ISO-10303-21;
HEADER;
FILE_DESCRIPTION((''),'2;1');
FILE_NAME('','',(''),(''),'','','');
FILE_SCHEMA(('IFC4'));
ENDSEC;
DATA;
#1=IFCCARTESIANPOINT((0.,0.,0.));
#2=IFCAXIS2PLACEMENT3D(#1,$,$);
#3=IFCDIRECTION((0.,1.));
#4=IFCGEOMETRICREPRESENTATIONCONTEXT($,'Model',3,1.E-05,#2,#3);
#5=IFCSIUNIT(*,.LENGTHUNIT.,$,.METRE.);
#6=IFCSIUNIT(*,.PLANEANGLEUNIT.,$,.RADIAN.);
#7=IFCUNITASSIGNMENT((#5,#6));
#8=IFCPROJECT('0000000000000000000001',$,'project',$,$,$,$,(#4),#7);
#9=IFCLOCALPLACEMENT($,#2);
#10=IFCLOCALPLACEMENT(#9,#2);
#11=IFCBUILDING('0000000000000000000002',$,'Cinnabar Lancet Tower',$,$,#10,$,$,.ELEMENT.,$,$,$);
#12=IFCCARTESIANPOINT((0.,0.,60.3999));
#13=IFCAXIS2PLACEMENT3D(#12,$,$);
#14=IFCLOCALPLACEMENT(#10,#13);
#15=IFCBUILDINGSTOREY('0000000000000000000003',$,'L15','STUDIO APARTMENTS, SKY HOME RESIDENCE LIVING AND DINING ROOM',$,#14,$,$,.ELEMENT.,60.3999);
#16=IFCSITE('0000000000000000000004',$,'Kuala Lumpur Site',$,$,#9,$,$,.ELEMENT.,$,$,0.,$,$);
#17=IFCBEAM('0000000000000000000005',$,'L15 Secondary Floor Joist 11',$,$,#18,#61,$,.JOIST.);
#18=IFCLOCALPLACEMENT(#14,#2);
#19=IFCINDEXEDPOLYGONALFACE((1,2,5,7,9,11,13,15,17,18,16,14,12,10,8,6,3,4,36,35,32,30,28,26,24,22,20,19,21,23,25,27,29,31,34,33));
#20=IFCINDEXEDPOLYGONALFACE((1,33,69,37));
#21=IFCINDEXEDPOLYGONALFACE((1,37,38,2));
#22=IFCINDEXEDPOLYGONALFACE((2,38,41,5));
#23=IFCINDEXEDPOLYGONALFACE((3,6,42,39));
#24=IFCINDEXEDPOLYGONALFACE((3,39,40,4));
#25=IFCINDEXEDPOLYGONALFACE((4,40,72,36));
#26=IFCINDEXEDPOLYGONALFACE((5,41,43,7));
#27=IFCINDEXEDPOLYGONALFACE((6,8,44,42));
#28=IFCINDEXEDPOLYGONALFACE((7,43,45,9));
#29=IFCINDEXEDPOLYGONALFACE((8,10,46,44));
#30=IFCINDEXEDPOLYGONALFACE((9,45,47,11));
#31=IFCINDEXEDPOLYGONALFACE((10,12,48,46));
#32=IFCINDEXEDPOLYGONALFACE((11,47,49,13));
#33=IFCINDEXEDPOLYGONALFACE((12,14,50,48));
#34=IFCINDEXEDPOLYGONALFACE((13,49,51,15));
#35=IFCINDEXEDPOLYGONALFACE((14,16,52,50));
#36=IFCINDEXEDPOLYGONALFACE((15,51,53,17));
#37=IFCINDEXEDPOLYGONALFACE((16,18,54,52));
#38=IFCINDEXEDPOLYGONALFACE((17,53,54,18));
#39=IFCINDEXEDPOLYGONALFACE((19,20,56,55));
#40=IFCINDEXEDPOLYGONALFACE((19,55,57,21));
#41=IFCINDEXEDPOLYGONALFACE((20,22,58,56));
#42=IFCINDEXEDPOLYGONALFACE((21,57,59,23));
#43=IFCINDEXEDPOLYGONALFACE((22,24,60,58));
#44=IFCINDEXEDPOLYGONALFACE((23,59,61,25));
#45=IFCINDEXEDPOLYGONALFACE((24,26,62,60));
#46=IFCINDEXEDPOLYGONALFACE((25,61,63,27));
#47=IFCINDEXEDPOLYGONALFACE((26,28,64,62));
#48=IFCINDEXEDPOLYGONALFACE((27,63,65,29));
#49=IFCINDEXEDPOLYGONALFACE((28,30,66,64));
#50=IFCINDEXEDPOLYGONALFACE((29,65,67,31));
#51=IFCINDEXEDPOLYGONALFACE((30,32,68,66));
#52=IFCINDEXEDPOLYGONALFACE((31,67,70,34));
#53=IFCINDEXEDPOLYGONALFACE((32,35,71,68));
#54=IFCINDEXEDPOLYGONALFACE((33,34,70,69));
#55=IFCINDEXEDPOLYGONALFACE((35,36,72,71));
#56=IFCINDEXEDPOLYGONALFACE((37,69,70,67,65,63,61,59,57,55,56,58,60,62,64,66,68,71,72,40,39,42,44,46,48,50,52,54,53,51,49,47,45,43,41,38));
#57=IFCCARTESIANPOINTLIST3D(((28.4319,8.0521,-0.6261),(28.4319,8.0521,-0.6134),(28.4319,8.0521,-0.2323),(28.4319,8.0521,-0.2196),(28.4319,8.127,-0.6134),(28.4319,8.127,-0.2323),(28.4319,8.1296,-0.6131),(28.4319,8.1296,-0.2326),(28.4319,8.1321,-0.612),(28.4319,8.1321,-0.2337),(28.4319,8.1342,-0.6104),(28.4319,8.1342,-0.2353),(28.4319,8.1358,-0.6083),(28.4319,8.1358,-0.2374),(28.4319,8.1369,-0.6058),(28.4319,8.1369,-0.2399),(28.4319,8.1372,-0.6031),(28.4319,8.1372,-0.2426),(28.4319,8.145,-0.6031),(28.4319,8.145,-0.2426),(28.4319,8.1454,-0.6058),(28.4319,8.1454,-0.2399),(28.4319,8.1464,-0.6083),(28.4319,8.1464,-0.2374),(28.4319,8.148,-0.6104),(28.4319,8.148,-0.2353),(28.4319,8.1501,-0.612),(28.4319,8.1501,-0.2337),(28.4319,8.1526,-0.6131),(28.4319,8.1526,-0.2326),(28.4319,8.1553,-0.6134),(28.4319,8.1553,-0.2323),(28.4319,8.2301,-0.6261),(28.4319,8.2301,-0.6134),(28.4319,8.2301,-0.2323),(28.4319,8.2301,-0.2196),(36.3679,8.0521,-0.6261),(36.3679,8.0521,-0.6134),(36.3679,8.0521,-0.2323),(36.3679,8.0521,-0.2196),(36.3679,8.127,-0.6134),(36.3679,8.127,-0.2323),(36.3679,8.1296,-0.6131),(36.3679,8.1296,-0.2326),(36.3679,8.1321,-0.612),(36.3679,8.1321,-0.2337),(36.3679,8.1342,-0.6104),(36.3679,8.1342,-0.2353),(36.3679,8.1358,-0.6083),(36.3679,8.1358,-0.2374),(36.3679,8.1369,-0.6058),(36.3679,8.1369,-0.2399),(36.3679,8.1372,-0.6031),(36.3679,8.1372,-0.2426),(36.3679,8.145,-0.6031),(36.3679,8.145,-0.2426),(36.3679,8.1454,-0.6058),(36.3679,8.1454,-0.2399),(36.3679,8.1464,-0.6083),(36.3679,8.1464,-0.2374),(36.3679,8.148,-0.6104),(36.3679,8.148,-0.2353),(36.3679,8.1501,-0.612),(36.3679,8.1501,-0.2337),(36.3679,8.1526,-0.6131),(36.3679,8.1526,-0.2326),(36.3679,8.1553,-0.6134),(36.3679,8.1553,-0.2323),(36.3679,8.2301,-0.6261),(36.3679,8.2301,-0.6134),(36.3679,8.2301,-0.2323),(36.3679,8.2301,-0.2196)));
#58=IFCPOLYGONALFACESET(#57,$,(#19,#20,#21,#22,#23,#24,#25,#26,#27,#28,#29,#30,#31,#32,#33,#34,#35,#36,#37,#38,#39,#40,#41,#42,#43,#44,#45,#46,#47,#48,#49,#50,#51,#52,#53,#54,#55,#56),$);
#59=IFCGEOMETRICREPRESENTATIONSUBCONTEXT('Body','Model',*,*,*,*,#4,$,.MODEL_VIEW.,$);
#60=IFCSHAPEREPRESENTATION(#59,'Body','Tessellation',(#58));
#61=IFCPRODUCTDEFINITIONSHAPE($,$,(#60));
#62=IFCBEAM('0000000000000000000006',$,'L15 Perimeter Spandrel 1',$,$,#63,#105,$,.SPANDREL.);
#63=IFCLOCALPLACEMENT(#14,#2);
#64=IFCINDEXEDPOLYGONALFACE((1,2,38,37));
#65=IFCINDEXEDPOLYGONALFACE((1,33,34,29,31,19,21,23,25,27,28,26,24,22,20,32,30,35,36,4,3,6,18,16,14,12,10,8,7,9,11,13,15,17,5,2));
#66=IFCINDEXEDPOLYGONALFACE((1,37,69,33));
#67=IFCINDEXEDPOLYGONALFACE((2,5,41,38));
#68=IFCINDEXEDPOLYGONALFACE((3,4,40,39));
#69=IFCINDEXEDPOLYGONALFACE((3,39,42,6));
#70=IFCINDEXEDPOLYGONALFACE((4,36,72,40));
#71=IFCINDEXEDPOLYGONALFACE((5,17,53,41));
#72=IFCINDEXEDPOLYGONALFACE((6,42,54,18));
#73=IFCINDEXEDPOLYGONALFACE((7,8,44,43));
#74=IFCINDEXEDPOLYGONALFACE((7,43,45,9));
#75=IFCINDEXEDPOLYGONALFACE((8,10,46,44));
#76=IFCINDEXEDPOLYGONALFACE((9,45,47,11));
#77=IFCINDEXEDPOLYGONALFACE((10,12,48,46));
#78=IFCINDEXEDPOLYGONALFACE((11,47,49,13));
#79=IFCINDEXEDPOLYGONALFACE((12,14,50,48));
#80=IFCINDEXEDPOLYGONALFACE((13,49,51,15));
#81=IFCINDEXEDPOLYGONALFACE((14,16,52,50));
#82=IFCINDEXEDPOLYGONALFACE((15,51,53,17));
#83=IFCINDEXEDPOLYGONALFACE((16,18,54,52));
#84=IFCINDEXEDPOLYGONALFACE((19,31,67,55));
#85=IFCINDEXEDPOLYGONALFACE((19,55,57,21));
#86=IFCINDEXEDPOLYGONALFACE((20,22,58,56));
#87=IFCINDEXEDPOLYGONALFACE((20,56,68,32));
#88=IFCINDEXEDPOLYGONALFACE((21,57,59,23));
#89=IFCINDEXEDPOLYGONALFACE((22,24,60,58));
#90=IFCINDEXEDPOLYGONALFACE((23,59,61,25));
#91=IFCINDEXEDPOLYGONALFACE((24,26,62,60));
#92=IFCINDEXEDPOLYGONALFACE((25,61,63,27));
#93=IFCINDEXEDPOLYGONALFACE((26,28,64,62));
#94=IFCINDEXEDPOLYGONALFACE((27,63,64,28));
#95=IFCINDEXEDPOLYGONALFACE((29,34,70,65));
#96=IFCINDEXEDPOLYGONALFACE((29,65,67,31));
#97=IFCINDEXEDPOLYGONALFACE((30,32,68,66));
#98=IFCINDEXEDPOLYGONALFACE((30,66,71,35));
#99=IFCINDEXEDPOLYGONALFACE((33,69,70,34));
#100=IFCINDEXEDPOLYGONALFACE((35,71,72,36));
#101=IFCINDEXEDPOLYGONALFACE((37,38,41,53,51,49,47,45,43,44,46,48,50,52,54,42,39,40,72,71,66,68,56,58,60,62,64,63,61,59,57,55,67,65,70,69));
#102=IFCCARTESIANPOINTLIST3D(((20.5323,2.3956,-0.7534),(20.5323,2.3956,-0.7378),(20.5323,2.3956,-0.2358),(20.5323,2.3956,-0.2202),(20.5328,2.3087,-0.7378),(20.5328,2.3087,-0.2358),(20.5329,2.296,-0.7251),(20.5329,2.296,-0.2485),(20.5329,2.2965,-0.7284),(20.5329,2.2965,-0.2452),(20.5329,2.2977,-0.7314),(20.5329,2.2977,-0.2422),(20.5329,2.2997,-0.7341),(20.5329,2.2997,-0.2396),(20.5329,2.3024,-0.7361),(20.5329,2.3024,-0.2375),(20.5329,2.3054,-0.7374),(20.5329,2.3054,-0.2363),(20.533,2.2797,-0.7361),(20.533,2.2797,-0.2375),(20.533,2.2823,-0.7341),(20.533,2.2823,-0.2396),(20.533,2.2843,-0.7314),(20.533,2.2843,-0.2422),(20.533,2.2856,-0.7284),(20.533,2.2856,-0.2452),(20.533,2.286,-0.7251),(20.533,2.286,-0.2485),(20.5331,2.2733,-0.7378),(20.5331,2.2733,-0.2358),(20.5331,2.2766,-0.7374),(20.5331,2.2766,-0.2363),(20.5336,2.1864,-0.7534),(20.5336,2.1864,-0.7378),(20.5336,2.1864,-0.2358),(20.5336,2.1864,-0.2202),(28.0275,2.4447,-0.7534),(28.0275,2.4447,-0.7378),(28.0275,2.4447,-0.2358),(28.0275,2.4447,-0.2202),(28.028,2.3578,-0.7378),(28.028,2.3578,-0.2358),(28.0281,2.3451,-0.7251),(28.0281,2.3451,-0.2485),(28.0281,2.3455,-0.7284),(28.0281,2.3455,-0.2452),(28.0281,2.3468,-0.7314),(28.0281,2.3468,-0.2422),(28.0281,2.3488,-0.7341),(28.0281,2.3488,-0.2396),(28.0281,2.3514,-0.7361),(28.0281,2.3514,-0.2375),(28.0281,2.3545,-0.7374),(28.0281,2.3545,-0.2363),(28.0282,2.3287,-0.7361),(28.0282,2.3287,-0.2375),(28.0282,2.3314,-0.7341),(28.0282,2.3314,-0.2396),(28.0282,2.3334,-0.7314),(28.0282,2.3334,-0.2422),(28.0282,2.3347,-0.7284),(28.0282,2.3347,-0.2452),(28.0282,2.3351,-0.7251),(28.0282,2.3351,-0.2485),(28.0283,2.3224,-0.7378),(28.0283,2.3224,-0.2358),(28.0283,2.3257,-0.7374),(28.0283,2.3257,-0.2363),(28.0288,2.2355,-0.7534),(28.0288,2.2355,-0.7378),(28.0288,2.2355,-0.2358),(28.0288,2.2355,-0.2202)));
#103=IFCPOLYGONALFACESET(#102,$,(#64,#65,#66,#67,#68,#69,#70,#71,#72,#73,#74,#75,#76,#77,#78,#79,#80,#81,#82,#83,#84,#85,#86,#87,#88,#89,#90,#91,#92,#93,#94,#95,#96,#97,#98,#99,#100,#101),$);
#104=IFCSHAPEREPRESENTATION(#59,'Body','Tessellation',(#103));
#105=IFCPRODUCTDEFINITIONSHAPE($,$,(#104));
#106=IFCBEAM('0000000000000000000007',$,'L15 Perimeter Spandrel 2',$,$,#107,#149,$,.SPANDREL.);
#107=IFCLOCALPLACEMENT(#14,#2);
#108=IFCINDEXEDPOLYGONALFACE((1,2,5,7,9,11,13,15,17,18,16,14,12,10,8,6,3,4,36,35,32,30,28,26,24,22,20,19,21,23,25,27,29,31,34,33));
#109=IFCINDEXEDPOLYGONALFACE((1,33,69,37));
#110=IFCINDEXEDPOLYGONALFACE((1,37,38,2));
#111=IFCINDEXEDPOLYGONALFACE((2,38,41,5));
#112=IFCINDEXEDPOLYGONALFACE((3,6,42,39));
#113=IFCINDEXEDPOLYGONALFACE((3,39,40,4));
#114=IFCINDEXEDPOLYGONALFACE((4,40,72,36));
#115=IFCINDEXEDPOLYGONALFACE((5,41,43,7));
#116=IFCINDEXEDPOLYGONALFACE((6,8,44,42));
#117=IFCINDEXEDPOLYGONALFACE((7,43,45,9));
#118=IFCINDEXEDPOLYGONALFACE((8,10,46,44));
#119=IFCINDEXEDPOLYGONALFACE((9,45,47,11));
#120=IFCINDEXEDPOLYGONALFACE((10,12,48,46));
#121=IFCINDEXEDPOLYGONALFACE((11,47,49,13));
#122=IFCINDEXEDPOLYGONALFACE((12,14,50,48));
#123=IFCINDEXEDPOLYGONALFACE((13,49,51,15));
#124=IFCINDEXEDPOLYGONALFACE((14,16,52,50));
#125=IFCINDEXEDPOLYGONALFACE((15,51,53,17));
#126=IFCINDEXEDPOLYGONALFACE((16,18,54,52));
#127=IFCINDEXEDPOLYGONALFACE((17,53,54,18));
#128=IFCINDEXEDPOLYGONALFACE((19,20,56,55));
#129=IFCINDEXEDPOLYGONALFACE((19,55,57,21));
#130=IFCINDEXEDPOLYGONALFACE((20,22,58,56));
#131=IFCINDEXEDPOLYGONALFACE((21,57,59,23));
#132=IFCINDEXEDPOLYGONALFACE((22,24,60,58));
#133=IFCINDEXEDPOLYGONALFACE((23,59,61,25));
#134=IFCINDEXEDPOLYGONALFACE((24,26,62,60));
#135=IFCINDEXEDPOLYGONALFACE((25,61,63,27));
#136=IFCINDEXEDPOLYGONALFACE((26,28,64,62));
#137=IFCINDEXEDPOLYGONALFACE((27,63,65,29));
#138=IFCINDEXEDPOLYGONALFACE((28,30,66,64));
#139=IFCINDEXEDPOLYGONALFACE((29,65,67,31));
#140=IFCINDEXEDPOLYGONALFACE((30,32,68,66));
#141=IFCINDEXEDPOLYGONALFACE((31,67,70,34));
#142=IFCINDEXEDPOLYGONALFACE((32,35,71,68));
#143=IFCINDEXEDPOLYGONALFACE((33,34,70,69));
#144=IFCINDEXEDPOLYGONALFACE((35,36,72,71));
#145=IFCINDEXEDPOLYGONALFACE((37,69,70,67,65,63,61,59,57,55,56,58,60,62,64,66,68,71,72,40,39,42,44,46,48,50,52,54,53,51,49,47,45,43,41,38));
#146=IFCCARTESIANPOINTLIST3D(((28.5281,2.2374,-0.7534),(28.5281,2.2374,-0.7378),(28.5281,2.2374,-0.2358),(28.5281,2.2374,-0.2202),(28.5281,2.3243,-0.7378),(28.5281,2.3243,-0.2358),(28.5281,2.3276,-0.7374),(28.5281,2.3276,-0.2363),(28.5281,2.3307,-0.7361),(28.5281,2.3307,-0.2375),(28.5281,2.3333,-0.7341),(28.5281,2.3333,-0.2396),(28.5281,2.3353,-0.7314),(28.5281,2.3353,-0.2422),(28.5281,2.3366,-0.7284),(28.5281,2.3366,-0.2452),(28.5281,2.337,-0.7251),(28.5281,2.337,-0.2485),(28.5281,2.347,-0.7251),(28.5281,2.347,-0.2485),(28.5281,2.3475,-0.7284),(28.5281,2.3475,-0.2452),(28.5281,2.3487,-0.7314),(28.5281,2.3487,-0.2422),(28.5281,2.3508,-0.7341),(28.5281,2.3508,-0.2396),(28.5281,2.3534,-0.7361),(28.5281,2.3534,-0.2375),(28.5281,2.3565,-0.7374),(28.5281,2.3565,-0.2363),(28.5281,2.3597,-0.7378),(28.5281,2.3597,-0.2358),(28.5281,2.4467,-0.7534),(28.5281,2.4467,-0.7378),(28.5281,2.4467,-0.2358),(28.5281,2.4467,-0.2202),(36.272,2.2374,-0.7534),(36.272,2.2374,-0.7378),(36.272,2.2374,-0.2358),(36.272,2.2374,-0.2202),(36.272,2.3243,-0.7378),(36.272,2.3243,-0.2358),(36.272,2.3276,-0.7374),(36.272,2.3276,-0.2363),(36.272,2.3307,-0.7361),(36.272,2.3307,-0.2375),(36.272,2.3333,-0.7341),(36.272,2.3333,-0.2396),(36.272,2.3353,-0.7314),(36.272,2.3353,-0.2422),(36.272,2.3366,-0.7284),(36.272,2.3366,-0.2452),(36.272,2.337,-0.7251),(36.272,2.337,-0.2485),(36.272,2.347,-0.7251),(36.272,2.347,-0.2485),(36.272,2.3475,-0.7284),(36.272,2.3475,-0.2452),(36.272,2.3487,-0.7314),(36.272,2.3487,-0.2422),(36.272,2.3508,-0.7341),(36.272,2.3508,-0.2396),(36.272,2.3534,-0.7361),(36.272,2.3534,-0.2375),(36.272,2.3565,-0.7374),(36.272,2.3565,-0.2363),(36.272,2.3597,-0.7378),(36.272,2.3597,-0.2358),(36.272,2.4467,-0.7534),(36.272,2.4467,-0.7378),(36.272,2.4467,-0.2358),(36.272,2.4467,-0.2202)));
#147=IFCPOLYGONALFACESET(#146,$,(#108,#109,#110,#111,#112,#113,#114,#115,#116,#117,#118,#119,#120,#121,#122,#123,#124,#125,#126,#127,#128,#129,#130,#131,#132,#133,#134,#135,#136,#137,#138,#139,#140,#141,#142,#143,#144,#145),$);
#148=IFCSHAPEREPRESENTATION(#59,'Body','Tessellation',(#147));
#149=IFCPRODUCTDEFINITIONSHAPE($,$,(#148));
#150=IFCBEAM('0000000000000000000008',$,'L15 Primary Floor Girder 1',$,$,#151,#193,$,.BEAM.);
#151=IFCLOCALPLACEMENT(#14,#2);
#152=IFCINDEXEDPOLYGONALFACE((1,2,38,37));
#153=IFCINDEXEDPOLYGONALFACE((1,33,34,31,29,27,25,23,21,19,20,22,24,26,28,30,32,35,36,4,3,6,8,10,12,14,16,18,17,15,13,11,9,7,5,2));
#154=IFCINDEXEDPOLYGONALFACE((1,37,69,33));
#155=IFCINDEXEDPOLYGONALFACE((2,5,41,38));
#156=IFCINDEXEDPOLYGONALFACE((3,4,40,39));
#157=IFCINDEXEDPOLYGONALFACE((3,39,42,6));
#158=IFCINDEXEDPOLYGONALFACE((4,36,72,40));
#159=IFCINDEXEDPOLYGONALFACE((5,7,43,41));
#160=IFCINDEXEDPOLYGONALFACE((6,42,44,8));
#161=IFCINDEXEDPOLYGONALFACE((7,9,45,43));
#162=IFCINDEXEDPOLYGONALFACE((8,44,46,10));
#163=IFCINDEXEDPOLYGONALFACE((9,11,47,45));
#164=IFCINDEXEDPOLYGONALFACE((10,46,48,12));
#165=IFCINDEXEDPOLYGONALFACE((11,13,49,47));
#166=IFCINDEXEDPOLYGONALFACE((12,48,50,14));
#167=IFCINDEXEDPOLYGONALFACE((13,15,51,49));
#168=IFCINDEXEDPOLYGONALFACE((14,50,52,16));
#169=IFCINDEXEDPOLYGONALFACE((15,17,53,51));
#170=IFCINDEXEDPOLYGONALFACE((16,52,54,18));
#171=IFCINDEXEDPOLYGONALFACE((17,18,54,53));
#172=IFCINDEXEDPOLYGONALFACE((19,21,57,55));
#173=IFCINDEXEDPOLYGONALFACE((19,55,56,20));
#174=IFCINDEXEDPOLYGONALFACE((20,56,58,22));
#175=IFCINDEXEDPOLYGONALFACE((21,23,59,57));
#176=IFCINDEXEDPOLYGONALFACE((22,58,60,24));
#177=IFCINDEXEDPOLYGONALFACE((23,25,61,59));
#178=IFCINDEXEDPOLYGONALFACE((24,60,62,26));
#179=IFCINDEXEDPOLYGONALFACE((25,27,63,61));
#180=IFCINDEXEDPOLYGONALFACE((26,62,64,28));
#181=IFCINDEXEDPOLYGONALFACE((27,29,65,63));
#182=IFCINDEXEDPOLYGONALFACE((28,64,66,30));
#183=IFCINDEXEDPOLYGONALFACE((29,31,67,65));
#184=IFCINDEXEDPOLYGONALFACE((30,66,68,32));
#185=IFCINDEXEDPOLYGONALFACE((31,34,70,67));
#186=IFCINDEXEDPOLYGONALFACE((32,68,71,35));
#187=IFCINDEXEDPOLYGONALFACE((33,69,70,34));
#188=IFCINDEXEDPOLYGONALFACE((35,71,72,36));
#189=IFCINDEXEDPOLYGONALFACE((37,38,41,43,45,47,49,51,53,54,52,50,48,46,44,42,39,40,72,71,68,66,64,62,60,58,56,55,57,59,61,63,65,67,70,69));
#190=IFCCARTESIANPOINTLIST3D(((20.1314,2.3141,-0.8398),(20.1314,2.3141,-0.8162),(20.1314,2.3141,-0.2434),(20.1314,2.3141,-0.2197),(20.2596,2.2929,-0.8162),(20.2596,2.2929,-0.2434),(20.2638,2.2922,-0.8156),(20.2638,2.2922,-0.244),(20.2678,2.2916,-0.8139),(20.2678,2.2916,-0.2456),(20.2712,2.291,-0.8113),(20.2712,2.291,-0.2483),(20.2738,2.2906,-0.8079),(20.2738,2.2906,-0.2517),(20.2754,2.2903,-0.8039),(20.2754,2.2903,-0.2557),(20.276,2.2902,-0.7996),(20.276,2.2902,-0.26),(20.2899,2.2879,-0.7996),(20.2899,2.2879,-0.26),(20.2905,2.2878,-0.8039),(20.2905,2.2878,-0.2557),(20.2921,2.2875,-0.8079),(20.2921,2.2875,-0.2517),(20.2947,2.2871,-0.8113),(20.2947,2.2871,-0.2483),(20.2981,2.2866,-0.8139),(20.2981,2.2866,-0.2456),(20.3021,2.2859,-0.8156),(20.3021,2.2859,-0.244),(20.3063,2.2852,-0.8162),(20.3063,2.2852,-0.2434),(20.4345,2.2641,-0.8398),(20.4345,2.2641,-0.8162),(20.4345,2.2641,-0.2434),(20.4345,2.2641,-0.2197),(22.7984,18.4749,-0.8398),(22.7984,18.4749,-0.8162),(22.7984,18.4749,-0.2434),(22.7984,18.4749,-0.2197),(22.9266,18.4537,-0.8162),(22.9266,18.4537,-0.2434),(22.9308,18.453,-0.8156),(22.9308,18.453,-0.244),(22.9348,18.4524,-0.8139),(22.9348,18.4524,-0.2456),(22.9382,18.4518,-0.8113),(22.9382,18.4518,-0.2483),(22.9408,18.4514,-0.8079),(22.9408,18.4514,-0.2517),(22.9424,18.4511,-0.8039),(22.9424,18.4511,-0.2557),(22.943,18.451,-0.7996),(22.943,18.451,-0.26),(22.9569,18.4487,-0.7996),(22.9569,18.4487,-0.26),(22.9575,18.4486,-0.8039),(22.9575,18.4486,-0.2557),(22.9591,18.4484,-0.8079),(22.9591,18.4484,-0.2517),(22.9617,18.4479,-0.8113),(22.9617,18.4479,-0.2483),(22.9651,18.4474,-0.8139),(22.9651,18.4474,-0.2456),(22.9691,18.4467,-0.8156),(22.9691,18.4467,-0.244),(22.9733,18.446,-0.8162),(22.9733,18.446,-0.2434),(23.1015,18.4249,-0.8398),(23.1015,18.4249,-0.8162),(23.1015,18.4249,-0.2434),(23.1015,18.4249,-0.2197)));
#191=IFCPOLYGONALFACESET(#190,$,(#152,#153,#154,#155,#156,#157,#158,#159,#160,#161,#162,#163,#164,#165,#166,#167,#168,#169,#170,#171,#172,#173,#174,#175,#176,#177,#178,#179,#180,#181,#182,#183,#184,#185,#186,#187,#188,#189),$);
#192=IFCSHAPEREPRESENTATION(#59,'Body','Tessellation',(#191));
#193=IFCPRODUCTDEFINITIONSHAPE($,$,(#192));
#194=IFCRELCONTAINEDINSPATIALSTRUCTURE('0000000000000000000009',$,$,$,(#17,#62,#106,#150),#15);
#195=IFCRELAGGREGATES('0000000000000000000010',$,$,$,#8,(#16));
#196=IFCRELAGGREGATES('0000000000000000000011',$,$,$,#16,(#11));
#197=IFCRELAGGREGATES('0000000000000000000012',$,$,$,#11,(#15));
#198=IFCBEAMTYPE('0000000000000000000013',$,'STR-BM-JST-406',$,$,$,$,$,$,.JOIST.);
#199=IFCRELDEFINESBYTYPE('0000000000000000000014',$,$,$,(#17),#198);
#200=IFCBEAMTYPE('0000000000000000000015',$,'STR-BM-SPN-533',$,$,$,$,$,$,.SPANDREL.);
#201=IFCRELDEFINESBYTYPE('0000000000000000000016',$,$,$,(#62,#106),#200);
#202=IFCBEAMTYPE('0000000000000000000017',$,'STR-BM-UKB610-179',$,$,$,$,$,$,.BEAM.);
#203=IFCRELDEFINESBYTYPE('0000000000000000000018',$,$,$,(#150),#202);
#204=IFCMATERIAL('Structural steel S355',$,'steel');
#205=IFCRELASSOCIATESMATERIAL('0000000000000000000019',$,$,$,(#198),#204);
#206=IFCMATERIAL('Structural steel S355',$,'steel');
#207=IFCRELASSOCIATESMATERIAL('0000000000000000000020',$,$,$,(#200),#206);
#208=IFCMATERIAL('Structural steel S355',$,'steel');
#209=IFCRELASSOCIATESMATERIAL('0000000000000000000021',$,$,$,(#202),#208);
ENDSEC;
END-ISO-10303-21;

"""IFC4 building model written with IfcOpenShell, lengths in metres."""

from ifc_helpers import new_model, si_unit, direction, frame, origin, origin_2d, place, context, subcontext, project, spatial, i_section, extrude, material, material_profile, profile_set, type_object, element, save


model = new_model("IFC4")

# Units and contexts
model_context = context("Model", 3, precision=1e-05, world=origin(), true_north=direction((0.0, 1.0)))
body_context = subcontext(model_context, "Body", "Model", "MODEL_VIEW")
ifc_project = project(units=[si_unit("LENGTHUNIT", "METRE"), si_unit("PLANEANGLEUNIT", "RADIAN")], contexts=[model_context])

# Site, building, storey
site_placement = place(None, origin())
site = spatial("IfcSite", under=ifc_project, at=site_placement, Name="Kuala Lumpur Site", CompositionType="ELEMENT", RefElevation=0.0)
building_placement = place(site_placement, origin())
building = spatial("IfcBuilding", under=site, at=building_placement, Name="Cinnabar Lancet Tower", CompositionType="ELEMENT")
storey_placement = place(building_placement, frame((0.0, 0.0, 60.3999)))
storey = spatial("IfcBuildingStorey", under=building, at=storey_placement, Name="L15", Description="STUDIO APARTMENTS, SKY HOME RESIDENCE LIVING AND DINING ROOM", CompositionType="ELEMENT", Elevation=60.3999)

# Beams
ifc_material_1 = material(Name="Structural steel S355", Category="steel")
ifc_material_profile_1 = material_profile(ifc_material_1, i_section(OverallWidth=0.178, OverallDepth=0.4065, WebThickness=0.0078, FlangeThickness=0.0127, FilletRadius=0.0103, at=origin_2d()), Name="UKB 406x178x60")
ifc_profile_set_1 = profile_set([ifc_material_profile_1], Name="Structural steel S355")
beam_type_1 = type_object("IfcBeamType", Name="STR-BM-JST-406", PredefinedType="JOIST", material=ifc_profile_set_1)
beam_1_placement = place(storey_placement, frame((28.4319, 8.1411, -0.4229), z_axis=(1.0, 0.0, 0.0), x_axis=(0.0, 1.0, 0.0)))
element("IfcBeam", 1, at=beam_1_placement, inside=storey, type_object=beam_type_1, Name="L15 Secondary Floor Joist 11", PredefinedType="JOIST", context=body_context, shape_type="SweptSolid", body=[
    extrude(i_section(OverallWidth=0.178, OverallDepth=0.4065, WebThickness=0.0078, FlangeThickness=0.0127, FilletRadius=0.0103, at=origin_2d()), origin(), (0.0, 0.0, 1.0), 7.936),
])
ifc_material_2 = material(Name="Structural steel S355", Category="steel")
ifc_material_profile_2 = material_profile(ifc_material_2, i_section(OverallWidth=0.2092, OverallDepth=0.5332, WebThickness=0.01, FlangeThickness=0.0156, FilletRadius=0.0127, at=origin_2d()), Name="UKB 533x210x92")
ifc_profile_set_2 = profile_set([ifc_material_profile_2], Name="Structural steel S355")
beam_type_2 = type_object("IfcBeamType", Name="STR-BM-SPN-533", PredefinedType="SPANDREL", material=ifc_profile_set_2)
beam_2_placement = place(storey_placement, frame((20.533, 2.291, -0.4868), z_axis=(0.999979, 0.006547, 0.0), x_axis=(-0.006547, 0.999979, 0.0)))
element("IfcBeam", 2, at=beam_2_placement, inside=storey, type_object=beam_type_2, Name="L15 Perimeter Spandrel 1", PredefinedType="SPANDREL", context=body_context, shape_type="SweptSolid", body=[
    extrude(i_section(OverallWidth=0.2092, OverallDepth=0.5332, WebThickness=0.01, FlangeThickness=0.0156, FilletRadius=0.0127, at=origin_2d()), origin(), (0.0, 0.0, 1.0), 7.4954),
])
beam_3_placement = place(storey_placement, frame((28.5281, 2.342, -0.4868), z_axis=(1.0, 0.0, 0.0), x_axis=(0.0, 1.0, 0.0)))
element("IfcBeam", 3, at=beam_3_placement, inside=storey, type_object=beam_type_2, Name="L15 Perimeter Spandrel 2", PredefinedType="SPANDREL", context=body_context, shape_type="SweptSolid", body=[
    extrude(i_section(OverallWidth=0.2092, OverallDepth=0.5332, WebThickness=0.01, FlangeThickness=0.0156, FilletRadius=0.0127, at=origin_2d()), origin(), (0.0, 0.0, 1.0), 7.7439),
])
ifc_material_3 = material(Name="Structural steel S355", Category="steel")
ifc_material_profile_3 = material_profile(ifc_material_3, i_section(OverallWidth=0.3071, OverallDepth=0.6201, WebThickness=0.0142, FlangeThickness=0.0237, FilletRadius=0.0166, at=origin_2d()), Name="UKB 610x305x179")
ifc_profile_set_3 = profile_set([ifc_material_profile_3], Name="Structural steel S355")
beam_type_3 = type_object("IfcBeamType", Name="STR-BM-UKB610-179", PredefinedType="BEAM", material=ifc_profile_set_3)
beam_4_placement = place(storey_placement, frame((20.283, 2.2891, -0.5298), z_axis=(0.162825, 0.986655, 0.0), x_axis=(-0.986655, 0.162825, 0.0)))
element("IfcBeam", 4, at=beam_4_placement, inside=storey, type_object=beam_type_3, Name="L15 Primary Floor Girder 1", PredefinedType="BEAM", context=body_context, shape_type="SweptSolid", body=[
    extrude(i_section(OverallWidth=0.3071, OverallDepth=0.6201, WebThickness=0.0142, FlangeThickness=0.0237, FilletRadius=0.0166, at=origin_2d()), origin(), (0.0, 0.0, 1.0), 16.3794),
])

save(model, "model.ifc")
